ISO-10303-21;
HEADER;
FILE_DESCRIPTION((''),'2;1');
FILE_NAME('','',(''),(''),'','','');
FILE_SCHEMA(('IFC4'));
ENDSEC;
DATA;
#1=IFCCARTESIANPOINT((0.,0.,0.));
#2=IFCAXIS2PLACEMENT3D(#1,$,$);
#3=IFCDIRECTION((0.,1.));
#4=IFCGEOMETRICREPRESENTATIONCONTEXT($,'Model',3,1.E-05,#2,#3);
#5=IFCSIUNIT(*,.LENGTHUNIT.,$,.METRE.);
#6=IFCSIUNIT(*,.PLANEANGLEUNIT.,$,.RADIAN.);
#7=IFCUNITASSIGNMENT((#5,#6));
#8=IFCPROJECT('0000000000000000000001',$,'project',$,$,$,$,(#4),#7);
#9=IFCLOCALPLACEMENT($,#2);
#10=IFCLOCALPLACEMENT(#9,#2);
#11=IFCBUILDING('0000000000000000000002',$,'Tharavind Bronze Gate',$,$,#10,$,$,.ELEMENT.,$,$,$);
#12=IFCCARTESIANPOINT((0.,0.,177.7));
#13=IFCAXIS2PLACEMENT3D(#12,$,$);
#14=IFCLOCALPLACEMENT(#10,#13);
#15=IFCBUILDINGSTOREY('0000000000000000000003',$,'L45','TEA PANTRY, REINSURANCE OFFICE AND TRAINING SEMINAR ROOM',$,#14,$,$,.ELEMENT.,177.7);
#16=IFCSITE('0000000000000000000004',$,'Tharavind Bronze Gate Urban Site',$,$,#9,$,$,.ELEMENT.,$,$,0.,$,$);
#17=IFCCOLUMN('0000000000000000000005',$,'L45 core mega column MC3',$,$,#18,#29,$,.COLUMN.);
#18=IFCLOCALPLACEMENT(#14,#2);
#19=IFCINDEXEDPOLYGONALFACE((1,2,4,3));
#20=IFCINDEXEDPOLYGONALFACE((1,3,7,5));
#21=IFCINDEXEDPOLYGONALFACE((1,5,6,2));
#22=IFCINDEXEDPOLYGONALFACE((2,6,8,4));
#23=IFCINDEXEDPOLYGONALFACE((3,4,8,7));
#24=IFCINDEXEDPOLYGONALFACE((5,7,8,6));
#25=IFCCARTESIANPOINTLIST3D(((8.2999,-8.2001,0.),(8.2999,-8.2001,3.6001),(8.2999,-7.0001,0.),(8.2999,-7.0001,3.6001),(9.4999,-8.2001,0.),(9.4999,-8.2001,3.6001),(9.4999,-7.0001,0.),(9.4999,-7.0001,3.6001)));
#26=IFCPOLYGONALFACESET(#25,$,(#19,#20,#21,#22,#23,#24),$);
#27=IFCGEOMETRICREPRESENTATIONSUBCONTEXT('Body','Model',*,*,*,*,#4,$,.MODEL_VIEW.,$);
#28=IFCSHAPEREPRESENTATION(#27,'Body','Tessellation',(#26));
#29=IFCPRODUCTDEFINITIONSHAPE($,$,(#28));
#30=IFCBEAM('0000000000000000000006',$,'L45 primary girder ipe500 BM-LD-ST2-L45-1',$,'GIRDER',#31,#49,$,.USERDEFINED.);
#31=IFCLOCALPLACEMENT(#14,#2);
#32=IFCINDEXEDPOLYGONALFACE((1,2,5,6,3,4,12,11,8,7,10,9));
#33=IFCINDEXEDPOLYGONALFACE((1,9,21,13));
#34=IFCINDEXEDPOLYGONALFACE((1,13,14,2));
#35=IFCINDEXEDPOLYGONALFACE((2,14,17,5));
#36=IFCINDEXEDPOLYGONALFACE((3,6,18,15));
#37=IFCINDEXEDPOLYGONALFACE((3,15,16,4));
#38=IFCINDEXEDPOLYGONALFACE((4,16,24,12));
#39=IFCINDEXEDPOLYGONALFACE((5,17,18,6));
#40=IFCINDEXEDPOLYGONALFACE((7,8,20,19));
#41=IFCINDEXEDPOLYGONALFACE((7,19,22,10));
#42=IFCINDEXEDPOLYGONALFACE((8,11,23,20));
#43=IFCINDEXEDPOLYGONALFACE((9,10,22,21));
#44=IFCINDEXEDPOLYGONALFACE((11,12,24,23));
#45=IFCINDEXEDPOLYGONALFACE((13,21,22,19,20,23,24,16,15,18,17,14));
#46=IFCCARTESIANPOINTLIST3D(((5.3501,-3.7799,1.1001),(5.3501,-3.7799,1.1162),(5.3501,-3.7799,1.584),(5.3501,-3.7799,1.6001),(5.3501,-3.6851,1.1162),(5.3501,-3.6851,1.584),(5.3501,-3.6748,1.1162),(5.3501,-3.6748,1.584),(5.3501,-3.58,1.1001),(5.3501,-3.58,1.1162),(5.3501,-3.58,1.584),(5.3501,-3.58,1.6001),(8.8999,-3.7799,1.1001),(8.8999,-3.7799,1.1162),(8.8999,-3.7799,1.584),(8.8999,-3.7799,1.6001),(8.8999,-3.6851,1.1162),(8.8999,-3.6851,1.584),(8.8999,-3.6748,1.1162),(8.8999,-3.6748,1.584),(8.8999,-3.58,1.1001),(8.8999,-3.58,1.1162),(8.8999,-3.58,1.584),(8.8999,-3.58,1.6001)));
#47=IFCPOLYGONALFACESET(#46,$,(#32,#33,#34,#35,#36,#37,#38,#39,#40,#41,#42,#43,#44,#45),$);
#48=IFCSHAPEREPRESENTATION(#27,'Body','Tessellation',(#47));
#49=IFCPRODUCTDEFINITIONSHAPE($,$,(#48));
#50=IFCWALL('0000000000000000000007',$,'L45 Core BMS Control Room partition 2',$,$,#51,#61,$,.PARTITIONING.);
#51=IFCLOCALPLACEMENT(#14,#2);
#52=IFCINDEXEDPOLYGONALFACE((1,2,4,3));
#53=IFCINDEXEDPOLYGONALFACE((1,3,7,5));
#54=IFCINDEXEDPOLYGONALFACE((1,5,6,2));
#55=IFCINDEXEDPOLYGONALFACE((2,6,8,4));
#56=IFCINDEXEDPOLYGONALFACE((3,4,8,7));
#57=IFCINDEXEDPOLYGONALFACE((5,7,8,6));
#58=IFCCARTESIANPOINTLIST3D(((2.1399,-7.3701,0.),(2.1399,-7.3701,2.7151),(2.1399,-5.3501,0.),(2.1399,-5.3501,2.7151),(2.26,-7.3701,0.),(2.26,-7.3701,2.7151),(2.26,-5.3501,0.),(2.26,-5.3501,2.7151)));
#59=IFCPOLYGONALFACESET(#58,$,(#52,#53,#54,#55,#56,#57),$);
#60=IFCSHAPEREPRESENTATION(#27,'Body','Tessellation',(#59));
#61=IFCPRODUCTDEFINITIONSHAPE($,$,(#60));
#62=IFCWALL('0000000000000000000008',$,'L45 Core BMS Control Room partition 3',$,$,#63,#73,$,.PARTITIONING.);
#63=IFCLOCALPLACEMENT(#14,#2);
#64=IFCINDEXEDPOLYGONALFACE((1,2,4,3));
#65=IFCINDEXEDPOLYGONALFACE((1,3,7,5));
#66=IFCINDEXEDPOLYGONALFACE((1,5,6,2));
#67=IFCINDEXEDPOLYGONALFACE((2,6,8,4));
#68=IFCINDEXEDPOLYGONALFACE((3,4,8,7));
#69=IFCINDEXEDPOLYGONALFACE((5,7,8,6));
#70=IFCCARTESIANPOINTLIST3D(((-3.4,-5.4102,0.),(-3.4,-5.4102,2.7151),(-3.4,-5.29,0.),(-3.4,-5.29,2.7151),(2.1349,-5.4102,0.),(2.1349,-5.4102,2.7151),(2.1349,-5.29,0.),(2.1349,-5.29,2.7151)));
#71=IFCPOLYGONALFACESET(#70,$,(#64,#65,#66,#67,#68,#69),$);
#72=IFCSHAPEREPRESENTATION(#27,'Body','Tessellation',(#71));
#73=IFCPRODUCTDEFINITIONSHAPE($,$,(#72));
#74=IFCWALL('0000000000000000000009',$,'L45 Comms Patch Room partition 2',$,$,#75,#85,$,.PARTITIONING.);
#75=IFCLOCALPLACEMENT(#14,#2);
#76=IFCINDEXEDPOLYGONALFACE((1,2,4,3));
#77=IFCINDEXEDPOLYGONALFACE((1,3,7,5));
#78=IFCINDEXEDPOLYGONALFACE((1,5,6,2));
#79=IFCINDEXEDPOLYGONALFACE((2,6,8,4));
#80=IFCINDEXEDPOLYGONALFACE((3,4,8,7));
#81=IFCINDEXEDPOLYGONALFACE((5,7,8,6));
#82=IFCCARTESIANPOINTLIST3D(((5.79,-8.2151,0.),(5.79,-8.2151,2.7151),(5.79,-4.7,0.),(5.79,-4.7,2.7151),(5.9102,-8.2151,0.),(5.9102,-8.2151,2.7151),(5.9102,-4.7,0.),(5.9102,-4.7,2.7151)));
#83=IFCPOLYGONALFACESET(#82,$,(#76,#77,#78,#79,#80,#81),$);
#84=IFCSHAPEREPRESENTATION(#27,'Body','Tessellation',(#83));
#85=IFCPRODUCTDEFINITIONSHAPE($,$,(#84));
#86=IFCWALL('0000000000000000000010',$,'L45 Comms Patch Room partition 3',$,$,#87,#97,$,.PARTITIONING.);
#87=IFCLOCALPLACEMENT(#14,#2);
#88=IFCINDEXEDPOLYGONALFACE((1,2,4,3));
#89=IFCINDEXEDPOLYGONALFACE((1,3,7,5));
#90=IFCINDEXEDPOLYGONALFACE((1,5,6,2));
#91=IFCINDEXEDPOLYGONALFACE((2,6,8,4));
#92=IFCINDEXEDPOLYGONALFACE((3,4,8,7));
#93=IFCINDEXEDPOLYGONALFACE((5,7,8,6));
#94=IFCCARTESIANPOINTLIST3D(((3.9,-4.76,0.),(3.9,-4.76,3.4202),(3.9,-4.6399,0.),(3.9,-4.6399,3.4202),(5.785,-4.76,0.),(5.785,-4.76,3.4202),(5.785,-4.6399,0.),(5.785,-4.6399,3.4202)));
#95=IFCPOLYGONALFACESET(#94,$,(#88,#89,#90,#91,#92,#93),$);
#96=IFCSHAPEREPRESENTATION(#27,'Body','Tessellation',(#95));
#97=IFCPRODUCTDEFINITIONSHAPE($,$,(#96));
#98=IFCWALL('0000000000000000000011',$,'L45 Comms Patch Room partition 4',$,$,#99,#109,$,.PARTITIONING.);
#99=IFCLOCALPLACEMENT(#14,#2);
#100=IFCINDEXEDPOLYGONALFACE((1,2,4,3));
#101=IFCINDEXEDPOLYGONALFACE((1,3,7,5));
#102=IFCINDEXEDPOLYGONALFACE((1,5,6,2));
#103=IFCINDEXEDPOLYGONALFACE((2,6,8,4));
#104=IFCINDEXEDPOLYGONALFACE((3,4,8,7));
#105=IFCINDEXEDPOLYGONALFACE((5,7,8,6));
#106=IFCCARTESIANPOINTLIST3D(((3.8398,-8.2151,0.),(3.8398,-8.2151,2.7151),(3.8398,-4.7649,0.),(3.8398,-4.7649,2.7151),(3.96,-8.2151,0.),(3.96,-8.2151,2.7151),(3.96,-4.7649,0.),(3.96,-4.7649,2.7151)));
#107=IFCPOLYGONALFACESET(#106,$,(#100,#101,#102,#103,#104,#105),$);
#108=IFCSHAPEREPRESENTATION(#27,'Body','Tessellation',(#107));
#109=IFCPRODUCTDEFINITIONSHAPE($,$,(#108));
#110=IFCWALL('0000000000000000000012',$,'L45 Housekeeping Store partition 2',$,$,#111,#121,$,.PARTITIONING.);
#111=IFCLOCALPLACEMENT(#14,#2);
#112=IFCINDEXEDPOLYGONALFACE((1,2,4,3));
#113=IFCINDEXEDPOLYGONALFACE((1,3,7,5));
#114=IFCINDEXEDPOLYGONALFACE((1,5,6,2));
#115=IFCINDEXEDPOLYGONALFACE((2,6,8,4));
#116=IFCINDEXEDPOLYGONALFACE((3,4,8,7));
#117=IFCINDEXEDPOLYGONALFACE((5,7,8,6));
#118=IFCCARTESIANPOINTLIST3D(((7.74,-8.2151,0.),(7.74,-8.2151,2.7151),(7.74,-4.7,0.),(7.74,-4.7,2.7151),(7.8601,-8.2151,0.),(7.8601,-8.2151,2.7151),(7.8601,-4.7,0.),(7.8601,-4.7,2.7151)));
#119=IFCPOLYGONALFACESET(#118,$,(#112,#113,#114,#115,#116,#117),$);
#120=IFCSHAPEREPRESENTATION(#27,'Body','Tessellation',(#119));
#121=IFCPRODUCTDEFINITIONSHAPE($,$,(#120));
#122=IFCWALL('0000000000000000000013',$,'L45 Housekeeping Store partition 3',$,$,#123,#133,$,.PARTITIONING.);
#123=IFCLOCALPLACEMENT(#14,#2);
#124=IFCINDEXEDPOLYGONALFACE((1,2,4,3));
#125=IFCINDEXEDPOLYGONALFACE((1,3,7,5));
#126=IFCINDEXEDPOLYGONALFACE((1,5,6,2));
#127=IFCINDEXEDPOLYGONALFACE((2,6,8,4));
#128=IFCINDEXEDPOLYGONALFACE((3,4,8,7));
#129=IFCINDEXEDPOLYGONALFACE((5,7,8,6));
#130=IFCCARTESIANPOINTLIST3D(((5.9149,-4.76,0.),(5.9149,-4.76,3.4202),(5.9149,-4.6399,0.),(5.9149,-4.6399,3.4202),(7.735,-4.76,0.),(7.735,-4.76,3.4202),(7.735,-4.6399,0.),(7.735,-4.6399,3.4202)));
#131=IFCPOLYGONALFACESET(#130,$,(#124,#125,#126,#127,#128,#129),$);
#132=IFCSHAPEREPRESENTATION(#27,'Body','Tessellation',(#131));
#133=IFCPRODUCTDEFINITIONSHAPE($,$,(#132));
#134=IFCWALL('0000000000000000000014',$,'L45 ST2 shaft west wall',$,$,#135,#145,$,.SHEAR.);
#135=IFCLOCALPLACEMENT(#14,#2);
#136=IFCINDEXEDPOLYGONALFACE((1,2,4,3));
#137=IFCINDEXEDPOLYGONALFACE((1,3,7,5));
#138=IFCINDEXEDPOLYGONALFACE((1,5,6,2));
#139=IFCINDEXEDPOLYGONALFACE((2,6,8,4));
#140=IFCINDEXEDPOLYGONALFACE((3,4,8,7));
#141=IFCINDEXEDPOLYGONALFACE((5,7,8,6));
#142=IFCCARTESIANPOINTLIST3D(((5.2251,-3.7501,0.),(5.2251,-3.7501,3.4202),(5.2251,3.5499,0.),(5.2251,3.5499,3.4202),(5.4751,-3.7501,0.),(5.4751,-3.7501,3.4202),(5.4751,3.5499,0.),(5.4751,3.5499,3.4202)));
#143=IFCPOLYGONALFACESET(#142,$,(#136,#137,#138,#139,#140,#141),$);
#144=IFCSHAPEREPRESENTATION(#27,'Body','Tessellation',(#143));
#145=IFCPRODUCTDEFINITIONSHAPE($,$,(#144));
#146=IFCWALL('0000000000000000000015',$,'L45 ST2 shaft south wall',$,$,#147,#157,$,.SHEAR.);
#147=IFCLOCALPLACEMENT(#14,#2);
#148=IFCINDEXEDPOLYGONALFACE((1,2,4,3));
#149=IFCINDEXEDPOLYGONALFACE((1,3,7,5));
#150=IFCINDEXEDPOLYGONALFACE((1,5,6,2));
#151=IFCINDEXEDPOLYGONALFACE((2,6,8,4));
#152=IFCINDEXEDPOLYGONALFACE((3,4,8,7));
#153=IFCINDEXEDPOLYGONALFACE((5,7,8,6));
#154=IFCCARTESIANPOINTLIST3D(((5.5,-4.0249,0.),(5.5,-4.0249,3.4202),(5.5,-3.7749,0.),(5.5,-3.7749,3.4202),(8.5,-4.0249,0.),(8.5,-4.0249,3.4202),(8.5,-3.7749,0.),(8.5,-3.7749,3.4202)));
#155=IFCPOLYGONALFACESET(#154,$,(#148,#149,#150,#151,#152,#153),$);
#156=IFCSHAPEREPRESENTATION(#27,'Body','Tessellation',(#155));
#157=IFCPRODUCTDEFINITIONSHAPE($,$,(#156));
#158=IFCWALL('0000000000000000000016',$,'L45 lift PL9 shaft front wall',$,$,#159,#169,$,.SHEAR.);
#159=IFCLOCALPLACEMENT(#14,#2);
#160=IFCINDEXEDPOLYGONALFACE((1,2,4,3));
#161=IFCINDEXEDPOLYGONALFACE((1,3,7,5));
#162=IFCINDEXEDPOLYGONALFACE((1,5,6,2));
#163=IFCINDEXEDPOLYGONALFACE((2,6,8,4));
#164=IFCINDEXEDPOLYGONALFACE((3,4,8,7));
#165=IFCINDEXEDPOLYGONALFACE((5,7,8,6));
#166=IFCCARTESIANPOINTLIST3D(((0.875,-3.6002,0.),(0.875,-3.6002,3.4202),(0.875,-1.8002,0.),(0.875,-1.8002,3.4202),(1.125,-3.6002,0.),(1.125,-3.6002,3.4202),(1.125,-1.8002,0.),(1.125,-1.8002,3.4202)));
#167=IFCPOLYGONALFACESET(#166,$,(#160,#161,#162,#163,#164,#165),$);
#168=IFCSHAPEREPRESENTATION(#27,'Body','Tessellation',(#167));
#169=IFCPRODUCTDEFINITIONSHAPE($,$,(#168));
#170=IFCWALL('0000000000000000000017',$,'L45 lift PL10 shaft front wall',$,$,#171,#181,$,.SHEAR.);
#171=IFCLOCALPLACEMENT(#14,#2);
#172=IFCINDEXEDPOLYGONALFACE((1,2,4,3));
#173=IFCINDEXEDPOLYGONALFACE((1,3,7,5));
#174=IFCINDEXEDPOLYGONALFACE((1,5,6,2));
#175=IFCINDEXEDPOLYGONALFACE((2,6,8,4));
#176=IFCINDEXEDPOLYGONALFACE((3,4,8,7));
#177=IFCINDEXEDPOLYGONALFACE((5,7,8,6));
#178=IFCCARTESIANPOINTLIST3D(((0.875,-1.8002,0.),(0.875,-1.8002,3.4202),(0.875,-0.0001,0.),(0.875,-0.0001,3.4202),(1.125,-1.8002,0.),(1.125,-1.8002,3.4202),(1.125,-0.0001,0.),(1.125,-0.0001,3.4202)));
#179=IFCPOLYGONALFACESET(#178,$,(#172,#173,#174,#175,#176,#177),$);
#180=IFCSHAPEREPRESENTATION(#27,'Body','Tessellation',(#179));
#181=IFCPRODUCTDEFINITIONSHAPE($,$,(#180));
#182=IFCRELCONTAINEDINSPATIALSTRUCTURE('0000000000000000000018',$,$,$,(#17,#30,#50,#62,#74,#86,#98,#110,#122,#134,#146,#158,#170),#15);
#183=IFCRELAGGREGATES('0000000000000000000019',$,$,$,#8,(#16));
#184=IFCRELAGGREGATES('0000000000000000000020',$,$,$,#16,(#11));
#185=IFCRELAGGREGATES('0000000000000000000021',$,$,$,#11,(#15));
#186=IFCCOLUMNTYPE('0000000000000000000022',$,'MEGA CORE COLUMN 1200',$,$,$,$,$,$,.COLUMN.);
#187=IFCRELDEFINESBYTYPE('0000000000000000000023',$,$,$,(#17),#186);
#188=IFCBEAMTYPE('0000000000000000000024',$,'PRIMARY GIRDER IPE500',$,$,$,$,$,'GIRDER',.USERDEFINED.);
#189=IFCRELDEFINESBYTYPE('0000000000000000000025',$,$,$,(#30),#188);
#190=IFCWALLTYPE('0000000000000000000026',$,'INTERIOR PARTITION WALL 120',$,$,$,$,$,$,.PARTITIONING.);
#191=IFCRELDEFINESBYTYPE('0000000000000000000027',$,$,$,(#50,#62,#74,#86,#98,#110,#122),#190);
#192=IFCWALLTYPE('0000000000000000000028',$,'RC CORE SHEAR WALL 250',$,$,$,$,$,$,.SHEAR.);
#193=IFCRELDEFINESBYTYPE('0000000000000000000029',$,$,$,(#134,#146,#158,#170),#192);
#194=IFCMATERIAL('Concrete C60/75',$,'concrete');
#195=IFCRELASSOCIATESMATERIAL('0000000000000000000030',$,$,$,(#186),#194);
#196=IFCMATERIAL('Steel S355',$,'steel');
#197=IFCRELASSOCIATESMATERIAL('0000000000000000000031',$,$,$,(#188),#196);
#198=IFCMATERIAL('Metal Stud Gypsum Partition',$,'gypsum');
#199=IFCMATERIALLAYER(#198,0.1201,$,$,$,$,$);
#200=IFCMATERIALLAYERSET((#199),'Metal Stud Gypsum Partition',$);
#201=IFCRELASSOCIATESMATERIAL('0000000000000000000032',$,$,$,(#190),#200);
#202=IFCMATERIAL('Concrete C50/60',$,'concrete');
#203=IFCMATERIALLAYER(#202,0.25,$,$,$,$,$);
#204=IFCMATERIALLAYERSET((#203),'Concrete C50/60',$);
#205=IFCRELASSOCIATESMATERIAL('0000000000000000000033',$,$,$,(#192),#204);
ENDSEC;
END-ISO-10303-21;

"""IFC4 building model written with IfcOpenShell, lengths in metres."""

from ifc_helpers import new_model, si_unit, direction, frame, frame_2d, origin, origin_2d, place, context, subcontext, project, spatial, rectangle, i_section, extrude, material, layer, layer_set, material_profile, profile_set, type_object, element, save


model = new_model("IFC4")

# Units and contexts
model_context = context("Model", 3, precision=1e-05, world=origin(), true_north=direction((0.0, 1.0)))
body_context = subcontext(model_context, "Body", "Model", "MODEL_VIEW")
ifc_project = project(units=[si_unit("LENGTHUNIT", "METRE"), si_unit("PLANEANGLEUNIT", "RADIAN")], contexts=[model_context])

# Site, building, storey
site_placement = place(None, origin())
site = spatial("IfcSite", under=ifc_project, at=site_placement, Name="Tharavind Bronze Gate Urban Site", CompositionType="ELEMENT", RefElevation=0.0)
building_placement = place(site_placement, origin())
building = spatial("IfcBuilding", under=site, at=building_placement, Name="Tharavind Bronze Gate", CompositionType="ELEMENT")
storey_placement = place(building_placement, frame((0.0, 0.0, 177.7)))
storey = spatial("IfcBuildingStorey", under=building, at=storey_placement, Name="L45", Description="TEA PANTRY, REINSURANCE OFFICE AND TRAINING SEMINAR ROOM", CompositionType="ELEMENT", Elevation=177.7)

# Column
ifc_material_1 = material(Name="Concrete C60/75", Category="concrete")
ifc_material_profile_1 = material_profile(ifc_material_1, rectangle(XDim=1.2, YDim=1.2, at=origin_2d()), Name="RCCOL1200")
ifc_profile_set_1 = profile_set([ifc_material_profile_1], Name="Concrete C60/75")
column_type = type_object("IfcColumnType", Name="MEGA CORE COLUMN 1200", PredefinedType="COLUMN", material=ifc_profile_set_1)
column_placement = place(storey_placement, frame((8.8999, -7.6001, 0.0), z_axis=(0.0, 0.0, 1.0), x_axis=(1.0, 0.0, 0.0)))
element("IfcColumn", 1, at=column_placement, inside=storey, type_object=column_type, Name="L45 core mega column MC3", PredefinedType="COLUMN", context=body_context, shape_type="SweptSolid", body=[
    extrude(rectangle(XDim=1.2, YDim=1.2, at=origin_2d()), origin(), (0.0, 0.0, 1.0), 3.6001),
])

# Beam
ifc_material_2 = material(Name="Steel S355", Category="steel")
ifc_material_profile_2 = material_profile(ifc_material_2, i_section(OverallWidth=0.2, OverallDepth=0.5, WebThickness=0.0103, FlangeThickness=0.0161, at=origin_2d()), Name="IPE500")
ifc_profile_set_2 = profile_set([ifc_material_profile_2], Name="Steel S355")
beam_type = type_object("IfcBeamType", Name="PRIMARY GIRDER IPE500", ElementType="GIRDER", PredefinedType="USERDEFINED", material=ifc_profile_set_2)
beam_placement = place(storey_placement, frame((5.3501, -3.6799, 1.3501), z_axis=(1.0, 0.0, 0.0), x_axis=(0.0, 1.0, 0.0)))
element("IfcBeam", 2, at=beam_placement, inside=storey, type_object=beam_type, Name="L45 primary girder ipe500 BM-LD-ST2-L45-1", ObjectType="GIRDER", PredefinedType="USERDEFINED", context=body_context, shape_type="SweptSolid", body=[
    extrude(i_section(OverallWidth=0.2, OverallDepth=0.5, WebThickness=0.0103, FlangeThickness=0.0161, at=origin_2d()), origin(), (0.0, 0.0, 1.0), 3.5498),
])

# Walls
ifc_material_3 = material(Name="Metal Stud Gypsum Partition", Category="gypsum")
ifc_layer_1 = layer(ifc_material_3, 0.1201)
ifc_layer_set_1 = layer_set([ifc_layer_1], Name="Metal Stud Gypsum Partition")
wall_type_1 = type_object("IfcWallType", Name="INTERIOR PARTITION WALL 120", PredefinedType="PARTITIONING", material=ifc_layer_set_1)
wall_1_placement = place(storey_placement, frame((2.2, -7.3701, 0.0), z_axis=(0.0, 0.0, 1.0), x_axis=(0.0, 1.0, 0.0)))
element("IfcWall", 3, at=wall_1_placement, inside=storey, type_object=wall_type_1, Name="L45 Core BMS Control Room partition 2", PredefinedType="PARTITIONING", context=body_context, shape_type="SweptSolid", body=[
    extrude(rectangle(XDim=2.02, YDim=0.1201, at=frame_2d((1.01, 0.0))), origin(), (0.0, 0.0, 1.0), 2.7151),
])
wall_2_placement = place(storey_placement, frame((2.135, -5.3501, 0.0), z_axis=(0.0, 0.0, 1.0), x_axis=(-1.0, 0.0, 0.0)))
element("IfcWall", 4, at=wall_2_placement, inside=storey, type_object=wall_type_1, Name="L45 Core BMS Control Room partition 3", PredefinedType="PARTITIONING", context=body_context, shape_type="SweptSolid", body=[
    extrude(rectangle(XDim=5.5349, YDim=0.1201, at=frame_2d((2.7676, 0.0))), origin(), (0.0, 0.0, 1.0), 2.7151),
])
wall_3_placement = place(storey_placement, frame((5.8501, -8.2151, 0.0), z_axis=(0.0, 0.0, 1.0), x_axis=(0.0, 1.0, 0.0)))
element("IfcWall", 5, at=wall_3_placement, inside=storey, type_object=wall_type_1, Name="L45 Comms Patch Room partition 2", PredefinedType="PARTITIONING", context=body_context, shape_type="SweptSolid", body=[
    extrude(rectangle(XDim=3.5151, YDim=0.1201, at=frame_2d((1.7576, 0.0))), origin(), (0.0, 0.0, 1.0), 2.7151),
])
wall_4_placement = place(storey_placement, frame((5.7849, -4.7, 0.0), z_axis=(0.0, 0.0, 1.0), x_axis=(-1.0, 0.0, 0.0)))
element("IfcWall", 6, at=wall_4_placement, inside=storey, type_object=wall_type_1, Name="L45 Comms Patch Room partition 3", PredefinedType="PARTITIONING", context=body_context, shape_type="SweptSolid", body=[
    extrude(rectangle(XDim=1.885, YDim=0.1201, at=frame_2d((0.9424, 0.0))), origin(), (0.0, 0.0, 1.0), 3.4202),
])
wall_5_placement = place(storey_placement, frame((3.8999, -4.7649, 0.0), z_axis=(0.0, 0.0, 1.0), x_axis=(0.0, -1.0, 0.0)))
element("IfcWall", 7, at=wall_5_placement, inside=storey, type_object=wall_type_1, Name="L45 Comms Patch Room partition 4", PredefinedType="PARTITIONING", context=body_context, shape_type="SweptSolid", body=[
    extrude(rectangle(XDim=3.4502, YDim=0.1201, at=frame_2d((1.7251, 0.0))), origin(), (0.0, 0.0, 1.0), 2.7151),
])
wall_6_placement = place(storey_placement, frame((7.8, -8.2151, 0.0), z_axis=(0.0, 0.0, 1.0), x_axis=(0.0, 1.0, 0.0)))
element("IfcWall", 8, at=wall_6_placement, inside=storey, type_object=wall_type_1, Name="L45 Housekeeping Store partition 2", PredefinedType="PARTITIONING", context=body_context, shape_type="SweptSolid", body=[
    extrude(rectangle(XDim=3.5151, YDim=0.1201, at=frame_2d((1.7576, 0.0))), origin(), (0.0, 0.0, 1.0), 2.7151),
])
wall_7_placement = place(storey_placement, frame((7.7351, -4.7, 0.0), z_axis=(0.0, 0.0, 1.0), x_axis=(-1.0, 0.0, 0.0)))
element("IfcWall", 9, at=wall_7_placement, inside=storey, type_object=wall_type_1, Name="L45 Housekeeping Store partition 3", PredefinedType="PARTITIONING", context=body_context, shape_type="SweptSolid", body=[
    extrude(rectangle(XDim=1.8201, YDim=0.1201, at=frame_2d((0.9102, 0.0))), origin(), (0.0, 0.0, 1.0), 3.4202),
])
ifc_material_4 = material(Name="Concrete C50/60", Category="concrete")
ifc_layer_2 = layer(ifc_material_4, 0.25)
ifc_layer_set_2 = layer_set([ifc_layer_2], Name="Concrete C50/60")
wall_type_2 = type_object("IfcWallType", Name="RC CORE SHEAR WALL 250", PredefinedType="SHEAR", material=ifc_layer_set_2)
wall_8_placement = place(storey_placement, frame((5.3501, -3.75, 0.0), z_axis=(0.0, 0.0, 1.0), x_axis=(0.0, 1.0, 0.0)))
element("IfcWall", 10, at=wall_8_placement, inside=storey, type_object=wall_type_2, Name="L45 ST2 shaft west wall", PredefinedType="SHEAR", context=body_context, shape_type="SweptSolid", body=[
    extrude(rectangle(XDim=7.3, YDim=0.25, at=frame_2d((3.6499, 0.0))), origin(), (0.0, 0.0, 1.0), 3.4202),
])
wall_9_placement = place(storey_placement, frame((5.5, -3.8999, 0.0), z_axis=(0.0, 0.0, 1.0), x_axis=(1.0, 0.0, 0.0)))
element("IfcWall", 11, at=wall_9_placement, inside=storey, type_object=wall_type_2, Name="L45 ST2 shaft south wall", PredefinedType="SHEAR", context=body_context, shape_type="SweptSolid", body=[
    extrude(rectangle(XDim=3.0, YDim=0.25, at=frame_2d((1.5, 0.0))), origin(), (0.0, 0.0, 1.0), 3.4202),
])
for number, where, z_axis, x_axis, name in (
    (12, (1.0, -3.6001, 0.0), (0.0, 0.0, 1.0), (0.0, 1.0, 0.0), "L45 lift PL9 shaft front wall"),
    (13, (1.0, -1.8, 0.0), (0.0, 0.0, 1.0), (0.0, 1.0, 0.0), "L45 lift PL10 shaft front wall"),
):
    element("IfcWall", number, at=place(storey_placement, frame(where, z_axis=z_axis, x_axis=x_axis)), inside=storey, type_object=wall_type_2, Name=name, PredefinedType="SHEAR", context=body_context, shape_type="SweptSolid", body=[
        extrude(rectangle(XDim=1.8, YDim=0.25, at=frame_2d((0.8999, 0.0))), origin(), (0.0, 0.0, 1.0), 3.4202),
    ])

save(model, "model.ifc")
